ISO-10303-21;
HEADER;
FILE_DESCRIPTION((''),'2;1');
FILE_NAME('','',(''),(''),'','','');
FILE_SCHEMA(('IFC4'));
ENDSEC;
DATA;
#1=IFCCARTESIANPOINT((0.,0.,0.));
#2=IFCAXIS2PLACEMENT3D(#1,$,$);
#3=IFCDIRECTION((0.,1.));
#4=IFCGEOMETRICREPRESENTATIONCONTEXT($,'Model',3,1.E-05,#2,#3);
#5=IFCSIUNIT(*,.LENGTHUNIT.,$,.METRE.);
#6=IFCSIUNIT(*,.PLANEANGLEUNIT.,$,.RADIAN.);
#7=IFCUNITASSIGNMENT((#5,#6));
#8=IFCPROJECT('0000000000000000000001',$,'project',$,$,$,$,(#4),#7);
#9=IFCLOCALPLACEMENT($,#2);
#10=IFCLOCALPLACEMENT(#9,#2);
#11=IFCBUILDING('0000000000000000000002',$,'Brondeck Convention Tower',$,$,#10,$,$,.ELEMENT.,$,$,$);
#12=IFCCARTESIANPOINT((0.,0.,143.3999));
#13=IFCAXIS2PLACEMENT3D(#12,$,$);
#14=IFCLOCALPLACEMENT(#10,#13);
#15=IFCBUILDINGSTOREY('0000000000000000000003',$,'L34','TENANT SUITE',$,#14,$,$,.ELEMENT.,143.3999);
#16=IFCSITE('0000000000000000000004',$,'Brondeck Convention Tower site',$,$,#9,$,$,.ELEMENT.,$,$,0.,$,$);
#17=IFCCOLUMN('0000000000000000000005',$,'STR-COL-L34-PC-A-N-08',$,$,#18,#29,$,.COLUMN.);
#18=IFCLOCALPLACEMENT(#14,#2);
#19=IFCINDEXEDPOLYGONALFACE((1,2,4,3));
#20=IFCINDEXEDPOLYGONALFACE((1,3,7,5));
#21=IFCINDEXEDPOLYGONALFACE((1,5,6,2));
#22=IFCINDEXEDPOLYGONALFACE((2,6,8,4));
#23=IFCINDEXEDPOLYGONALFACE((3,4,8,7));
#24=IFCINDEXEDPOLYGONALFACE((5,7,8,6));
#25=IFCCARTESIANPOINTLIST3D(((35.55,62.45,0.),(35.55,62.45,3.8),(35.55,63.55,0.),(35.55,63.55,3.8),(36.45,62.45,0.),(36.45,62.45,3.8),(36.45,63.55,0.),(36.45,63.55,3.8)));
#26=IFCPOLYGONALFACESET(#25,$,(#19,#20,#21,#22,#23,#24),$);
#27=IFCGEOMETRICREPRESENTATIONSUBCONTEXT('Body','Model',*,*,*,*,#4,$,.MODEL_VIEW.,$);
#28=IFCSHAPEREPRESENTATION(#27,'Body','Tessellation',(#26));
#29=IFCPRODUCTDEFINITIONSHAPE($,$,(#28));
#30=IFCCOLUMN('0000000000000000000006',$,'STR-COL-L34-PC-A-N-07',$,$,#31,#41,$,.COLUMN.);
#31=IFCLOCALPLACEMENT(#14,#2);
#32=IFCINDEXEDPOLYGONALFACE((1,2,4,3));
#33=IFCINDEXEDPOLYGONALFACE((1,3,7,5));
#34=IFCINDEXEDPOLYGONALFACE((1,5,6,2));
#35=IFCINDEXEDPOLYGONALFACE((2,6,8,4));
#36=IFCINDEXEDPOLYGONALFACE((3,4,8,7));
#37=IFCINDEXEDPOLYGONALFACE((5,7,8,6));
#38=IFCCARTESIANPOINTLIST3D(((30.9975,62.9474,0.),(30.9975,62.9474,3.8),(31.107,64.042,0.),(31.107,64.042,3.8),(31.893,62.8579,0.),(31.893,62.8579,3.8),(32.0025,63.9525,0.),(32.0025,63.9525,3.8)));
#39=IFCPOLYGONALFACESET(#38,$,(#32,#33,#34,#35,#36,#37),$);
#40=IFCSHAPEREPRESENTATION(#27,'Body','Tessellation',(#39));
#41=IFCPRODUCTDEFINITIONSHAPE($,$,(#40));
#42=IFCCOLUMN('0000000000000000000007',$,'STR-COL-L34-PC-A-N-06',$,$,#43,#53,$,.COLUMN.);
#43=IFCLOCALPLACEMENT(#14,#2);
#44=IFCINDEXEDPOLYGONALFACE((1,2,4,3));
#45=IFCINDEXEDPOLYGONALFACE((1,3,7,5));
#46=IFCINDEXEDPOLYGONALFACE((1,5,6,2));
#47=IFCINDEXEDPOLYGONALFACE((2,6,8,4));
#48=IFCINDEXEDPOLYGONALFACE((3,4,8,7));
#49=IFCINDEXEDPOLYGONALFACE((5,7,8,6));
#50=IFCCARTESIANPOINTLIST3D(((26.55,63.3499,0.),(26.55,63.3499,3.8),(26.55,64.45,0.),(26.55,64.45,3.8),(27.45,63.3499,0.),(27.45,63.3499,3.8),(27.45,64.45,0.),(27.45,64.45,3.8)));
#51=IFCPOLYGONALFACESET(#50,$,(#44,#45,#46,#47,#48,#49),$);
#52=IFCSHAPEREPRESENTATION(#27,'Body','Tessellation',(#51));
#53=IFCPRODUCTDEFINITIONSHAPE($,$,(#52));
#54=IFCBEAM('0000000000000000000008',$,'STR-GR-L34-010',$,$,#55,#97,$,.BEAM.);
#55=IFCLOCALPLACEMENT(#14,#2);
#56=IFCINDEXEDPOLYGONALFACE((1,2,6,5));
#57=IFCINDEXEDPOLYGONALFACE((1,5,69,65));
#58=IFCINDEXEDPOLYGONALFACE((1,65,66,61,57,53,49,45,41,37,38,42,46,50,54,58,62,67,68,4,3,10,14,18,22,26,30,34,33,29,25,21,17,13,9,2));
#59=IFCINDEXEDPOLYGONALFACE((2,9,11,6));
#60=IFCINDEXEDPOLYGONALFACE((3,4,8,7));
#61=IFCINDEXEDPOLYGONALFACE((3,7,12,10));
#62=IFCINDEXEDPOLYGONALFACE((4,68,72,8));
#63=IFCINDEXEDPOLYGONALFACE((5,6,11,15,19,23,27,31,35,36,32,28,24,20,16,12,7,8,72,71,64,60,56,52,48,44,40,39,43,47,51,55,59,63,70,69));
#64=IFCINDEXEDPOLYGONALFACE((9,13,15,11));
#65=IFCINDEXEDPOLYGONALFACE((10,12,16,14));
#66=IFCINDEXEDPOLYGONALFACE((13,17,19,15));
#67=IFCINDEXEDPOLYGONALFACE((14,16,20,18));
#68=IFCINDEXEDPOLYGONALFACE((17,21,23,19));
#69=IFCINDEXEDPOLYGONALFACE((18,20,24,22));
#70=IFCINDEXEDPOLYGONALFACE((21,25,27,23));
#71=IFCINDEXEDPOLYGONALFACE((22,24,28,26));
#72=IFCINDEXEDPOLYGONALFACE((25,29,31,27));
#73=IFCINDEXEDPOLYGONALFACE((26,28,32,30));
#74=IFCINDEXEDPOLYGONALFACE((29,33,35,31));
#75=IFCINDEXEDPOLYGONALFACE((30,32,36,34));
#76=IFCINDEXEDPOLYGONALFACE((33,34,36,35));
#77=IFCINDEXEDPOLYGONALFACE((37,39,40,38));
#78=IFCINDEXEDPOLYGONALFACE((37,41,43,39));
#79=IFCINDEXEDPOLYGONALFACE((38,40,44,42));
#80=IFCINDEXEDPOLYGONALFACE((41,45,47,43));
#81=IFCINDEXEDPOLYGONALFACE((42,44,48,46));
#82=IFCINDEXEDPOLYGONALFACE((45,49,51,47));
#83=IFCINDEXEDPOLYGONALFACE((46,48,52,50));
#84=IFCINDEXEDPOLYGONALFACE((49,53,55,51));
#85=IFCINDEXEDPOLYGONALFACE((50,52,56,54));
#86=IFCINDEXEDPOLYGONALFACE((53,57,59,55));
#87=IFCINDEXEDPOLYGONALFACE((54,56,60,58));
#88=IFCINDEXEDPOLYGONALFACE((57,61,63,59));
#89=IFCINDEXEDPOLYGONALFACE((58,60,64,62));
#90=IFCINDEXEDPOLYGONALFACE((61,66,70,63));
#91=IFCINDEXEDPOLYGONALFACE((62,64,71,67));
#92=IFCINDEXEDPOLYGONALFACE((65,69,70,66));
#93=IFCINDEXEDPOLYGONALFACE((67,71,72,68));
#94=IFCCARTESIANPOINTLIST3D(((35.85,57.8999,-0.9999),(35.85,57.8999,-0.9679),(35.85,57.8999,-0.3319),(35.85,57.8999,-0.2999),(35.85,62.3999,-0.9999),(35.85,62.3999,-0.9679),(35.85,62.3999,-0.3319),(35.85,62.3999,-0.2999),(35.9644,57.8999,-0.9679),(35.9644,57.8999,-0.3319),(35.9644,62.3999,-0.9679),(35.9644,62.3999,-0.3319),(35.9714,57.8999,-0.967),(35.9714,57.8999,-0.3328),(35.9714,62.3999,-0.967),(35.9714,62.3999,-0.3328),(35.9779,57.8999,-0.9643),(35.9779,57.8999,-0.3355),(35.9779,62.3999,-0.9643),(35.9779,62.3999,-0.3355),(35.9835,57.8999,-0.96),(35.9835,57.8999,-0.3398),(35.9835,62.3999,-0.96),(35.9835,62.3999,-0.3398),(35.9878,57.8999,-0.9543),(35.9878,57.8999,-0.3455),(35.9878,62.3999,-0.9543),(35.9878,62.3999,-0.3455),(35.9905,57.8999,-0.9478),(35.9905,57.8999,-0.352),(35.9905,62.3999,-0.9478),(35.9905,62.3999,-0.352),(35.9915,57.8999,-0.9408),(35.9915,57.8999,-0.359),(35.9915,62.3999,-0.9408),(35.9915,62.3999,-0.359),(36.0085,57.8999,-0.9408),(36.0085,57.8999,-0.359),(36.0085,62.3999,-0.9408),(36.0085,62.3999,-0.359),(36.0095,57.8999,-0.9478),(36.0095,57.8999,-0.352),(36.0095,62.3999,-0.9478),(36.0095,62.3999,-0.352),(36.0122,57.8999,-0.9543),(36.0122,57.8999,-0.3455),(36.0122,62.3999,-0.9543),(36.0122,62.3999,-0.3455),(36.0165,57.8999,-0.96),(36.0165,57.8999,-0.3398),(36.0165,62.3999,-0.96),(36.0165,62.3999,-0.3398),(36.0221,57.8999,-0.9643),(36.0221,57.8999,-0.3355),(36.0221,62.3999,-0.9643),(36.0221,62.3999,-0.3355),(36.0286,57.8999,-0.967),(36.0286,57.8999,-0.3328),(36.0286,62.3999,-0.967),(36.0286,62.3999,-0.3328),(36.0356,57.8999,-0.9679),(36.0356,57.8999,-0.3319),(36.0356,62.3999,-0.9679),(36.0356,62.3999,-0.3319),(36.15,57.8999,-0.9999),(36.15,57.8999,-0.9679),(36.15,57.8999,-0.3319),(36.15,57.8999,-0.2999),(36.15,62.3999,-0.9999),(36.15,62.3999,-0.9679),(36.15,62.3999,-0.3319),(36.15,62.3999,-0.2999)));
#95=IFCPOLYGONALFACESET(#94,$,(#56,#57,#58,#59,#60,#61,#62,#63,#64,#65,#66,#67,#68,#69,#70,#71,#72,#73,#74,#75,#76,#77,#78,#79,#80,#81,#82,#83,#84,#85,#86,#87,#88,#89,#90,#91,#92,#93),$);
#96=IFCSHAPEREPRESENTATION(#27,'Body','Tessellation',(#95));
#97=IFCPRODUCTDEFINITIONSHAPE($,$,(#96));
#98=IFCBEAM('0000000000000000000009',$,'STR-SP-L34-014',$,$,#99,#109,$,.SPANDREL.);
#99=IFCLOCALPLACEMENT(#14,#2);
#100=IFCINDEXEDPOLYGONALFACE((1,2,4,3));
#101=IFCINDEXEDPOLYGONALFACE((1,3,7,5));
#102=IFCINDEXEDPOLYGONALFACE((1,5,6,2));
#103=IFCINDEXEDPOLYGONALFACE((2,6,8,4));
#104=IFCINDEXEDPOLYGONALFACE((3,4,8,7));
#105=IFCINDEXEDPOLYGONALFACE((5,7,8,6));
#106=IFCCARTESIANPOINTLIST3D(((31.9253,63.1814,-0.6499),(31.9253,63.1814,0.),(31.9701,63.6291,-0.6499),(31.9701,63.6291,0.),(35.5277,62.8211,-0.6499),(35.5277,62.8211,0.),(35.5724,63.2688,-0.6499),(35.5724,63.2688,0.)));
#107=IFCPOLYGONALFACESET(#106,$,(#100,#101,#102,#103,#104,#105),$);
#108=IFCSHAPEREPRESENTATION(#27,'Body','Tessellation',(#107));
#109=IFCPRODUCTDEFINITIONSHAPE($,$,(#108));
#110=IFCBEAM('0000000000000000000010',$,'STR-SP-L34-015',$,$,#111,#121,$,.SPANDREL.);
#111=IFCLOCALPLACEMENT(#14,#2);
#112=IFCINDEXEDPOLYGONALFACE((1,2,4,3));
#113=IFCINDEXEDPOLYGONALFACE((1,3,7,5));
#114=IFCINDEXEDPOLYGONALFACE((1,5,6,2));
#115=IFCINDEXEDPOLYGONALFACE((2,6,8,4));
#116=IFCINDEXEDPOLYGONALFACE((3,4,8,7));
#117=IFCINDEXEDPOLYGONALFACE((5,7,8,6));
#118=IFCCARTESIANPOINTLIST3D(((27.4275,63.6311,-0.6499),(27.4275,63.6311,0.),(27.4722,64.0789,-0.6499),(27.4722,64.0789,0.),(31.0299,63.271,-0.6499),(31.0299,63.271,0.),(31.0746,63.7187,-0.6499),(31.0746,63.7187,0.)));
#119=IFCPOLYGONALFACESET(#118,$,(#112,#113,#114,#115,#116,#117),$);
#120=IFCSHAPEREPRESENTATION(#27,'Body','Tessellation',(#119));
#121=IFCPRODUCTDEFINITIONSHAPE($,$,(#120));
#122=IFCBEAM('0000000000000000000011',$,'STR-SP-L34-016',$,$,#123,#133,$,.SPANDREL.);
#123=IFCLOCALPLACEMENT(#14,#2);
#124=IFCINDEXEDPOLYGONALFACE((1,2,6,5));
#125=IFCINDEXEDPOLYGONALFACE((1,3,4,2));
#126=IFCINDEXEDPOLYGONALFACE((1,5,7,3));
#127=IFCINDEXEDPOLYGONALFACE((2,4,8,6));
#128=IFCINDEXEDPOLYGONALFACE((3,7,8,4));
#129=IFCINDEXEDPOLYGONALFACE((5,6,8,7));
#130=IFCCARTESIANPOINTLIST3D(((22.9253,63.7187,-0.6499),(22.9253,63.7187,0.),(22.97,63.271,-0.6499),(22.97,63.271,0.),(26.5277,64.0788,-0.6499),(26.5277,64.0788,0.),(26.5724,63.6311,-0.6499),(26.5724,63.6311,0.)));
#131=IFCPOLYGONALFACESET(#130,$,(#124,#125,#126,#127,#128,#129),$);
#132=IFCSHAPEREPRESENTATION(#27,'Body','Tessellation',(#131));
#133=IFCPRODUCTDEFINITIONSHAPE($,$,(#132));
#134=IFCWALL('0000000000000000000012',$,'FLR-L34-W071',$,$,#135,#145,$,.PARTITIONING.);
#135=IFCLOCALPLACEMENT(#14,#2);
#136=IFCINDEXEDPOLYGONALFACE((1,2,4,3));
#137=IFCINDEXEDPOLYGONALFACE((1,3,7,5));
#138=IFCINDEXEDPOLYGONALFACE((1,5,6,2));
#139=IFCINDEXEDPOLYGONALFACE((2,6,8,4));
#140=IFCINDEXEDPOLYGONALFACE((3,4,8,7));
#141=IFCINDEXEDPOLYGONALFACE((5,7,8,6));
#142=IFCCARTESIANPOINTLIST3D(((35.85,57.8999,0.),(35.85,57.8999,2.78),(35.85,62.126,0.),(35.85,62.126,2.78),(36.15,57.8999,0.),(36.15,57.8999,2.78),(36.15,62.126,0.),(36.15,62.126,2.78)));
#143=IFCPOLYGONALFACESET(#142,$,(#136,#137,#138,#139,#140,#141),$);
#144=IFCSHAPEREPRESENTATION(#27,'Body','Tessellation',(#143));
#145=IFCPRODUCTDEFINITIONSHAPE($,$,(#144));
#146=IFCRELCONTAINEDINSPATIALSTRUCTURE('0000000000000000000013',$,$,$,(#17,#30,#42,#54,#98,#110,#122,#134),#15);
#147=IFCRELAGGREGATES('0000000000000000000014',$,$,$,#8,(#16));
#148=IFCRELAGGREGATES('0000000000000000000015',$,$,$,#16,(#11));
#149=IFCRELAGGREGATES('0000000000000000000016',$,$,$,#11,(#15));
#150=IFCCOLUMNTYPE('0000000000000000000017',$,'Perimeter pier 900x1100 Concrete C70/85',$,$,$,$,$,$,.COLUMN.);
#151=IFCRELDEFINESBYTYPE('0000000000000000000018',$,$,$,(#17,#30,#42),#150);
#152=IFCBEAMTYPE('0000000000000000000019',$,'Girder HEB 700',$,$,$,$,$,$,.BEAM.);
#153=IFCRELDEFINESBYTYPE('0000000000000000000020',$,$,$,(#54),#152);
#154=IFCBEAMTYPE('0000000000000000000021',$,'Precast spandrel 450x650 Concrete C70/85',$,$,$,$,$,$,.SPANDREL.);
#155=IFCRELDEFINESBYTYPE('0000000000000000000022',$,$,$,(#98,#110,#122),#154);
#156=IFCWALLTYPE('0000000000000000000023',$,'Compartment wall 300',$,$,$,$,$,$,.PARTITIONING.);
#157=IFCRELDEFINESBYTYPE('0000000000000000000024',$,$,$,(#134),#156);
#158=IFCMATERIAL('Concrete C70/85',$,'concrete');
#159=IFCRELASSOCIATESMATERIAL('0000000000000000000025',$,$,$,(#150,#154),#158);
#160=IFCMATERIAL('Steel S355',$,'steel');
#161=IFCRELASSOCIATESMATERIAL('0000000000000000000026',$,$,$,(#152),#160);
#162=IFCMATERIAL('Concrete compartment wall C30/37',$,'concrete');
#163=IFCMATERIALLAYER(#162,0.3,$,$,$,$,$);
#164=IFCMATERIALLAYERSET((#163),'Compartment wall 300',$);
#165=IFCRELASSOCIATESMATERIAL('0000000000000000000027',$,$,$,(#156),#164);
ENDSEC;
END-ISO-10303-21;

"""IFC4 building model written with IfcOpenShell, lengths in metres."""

from ifc_helpers import new_model, si_unit, direction, frame, frame_2d, origin, origin_2d, place, context, subcontext, project, spatial, rectangle, i_section, extrude, material, layer, layer_set, material_profile, profile_set, type_object, element, save


model = new_model("IFC4")

# Units and contexts
model_context = context("Model", 3, precision=1e-05, world=origin(), true_north=direction((0.0, 1.0)))
body_context = subcontext(model_context, "Body", "Model", "MODEL_VIEW")
ifc_project = project(units=[si_unit("LENGTHUNIT", "METRE"), si_unit("PLANEANGLEUNIT", "RADIAN")], contexts=[model_context])

# Site, building, storey
site_placement = place(None, origin())
site = spatial("IfcSite", under=ifc_project, at=site_placement, Name="Brondeck Convention Tower site", CompositionType="ELEMENT", RefElevation=0.0)
building_placement = place(site_placement, origin())
building = spatial("IfcBuilding", under=site, at=building_placement, Name="Brondeck Convention Tower", CompositionType="ELEMENT")
storey_placement = place(building_placement, frame((0.0, 0.0, 143.3999)))
storey = spatial("IfcBuildingStorey", under=building, at=storey_placement, Name="L34", Description="TENANT SUITE", CompositionType="ELEMENT", Elevation=143.3999)

# Columns
ifc_material_1 = material(Name="Concrete C70/85", Category="concrete")
ifc_material_profile_1 = material_profile(ifc_material_1, rectangle(XDim=0.8999, YDim=1.1001, at=origin_2d()), Name="Perimeter pier 900x1100 Concrete C70/85")
ifc_profile_set_1 = profile_set([ifc_material_profile_1], Name="Concrete C70/85")
column_type = type_object("IfcColumnType", Name="Perimeter pier 900x1100 Concrete C70/85", PredefinedType="COLUMN", material=ifc_profile_set_1)
for number, where, z_axis, x_axis, name in (
    (1, (36.0, 63.0, 0.0), (0.0, 0.0, 1.0), (-1.0, 0.0, 0.0), "STR-COL-L34-PC-A-N-08"),
    (2, (31.5, 63.45, 0.0), (0.0, 0.0, 1.0), (-0.995037, 0.099504, 0.0), "STR-COL-L34-PC-A-N-07"),
    (3, (27.0, 63.8999, 0.0), (0.0, 0.0, 1.0), (-1.0, 0.0, 0.0), "STR-COL-L34-PC-A-N-06"),
):
    element("IfcColumn", number, at=place(storey_placement, frame(where, z_axis=z_axis, x_axis=x_axis)), inside=storey, type_object=column_type, Name=name, PredefinedType="COLUMN", context=body_context, shape_type="SweptSolid", body=[
        extrude(rectangle(XDim=0.8999, YDim=1.1001, at=origin_2d()), origin(), (0.0, 0.0, 1.0), 3.8),
    ])

# Beams
ifc_material_2 = material(Name="Steel S355", Category="steel")
ifc_material_profile_2 = material_profile(ifc_material_2, i_section(OverallWidth=0.3, OverallDepth=0.7, WebThickness=0.0171, FlangeThickness=0.032, FilletRadius=0.0271, at=origin_2d()), Name="HEB 700")
ifc_profile_set_2 = profile_set([ifc_material_profile_2], Name="Steel S355")
beam_type_1 = type_object("IfcBeamType", Name="Girder HEB 700", PredefinedType="BEAM", material=ifc_profile_set_2)
beam_placement = place(storey_placement, frame((36.0, 57.8999, -0.6499), z_axis=(0.0, 1.0, 0.0), x_axis=(-1.0, 0.0, 0.0)))
element("IfcBeam", 4, at=beam_placement, inside=storey, type_object=beam_type_1, Name="STR-GR-L34-010", PredefinedType="BEAM", context=body_context, shape_type="SweptSolid", body=[
    extrude(i_section(OverallWidth=0.3, OverallDepth=0.7, WebThickness=0.0171, FlangeThickness=0.032, FilletRadius=0.0271, at=origin_2d()), origin(), (0.0, 0.0, 1.0), 4.5),
])
ifc_material_profile_3 = material_profile(ifc_material_1, rectangle(XDim=0.45, YDim=0.6499, at=origin_2d()), Name="Precast spandrel 450x650 Concrete C70/85")
ifc_profile_set_3 = profile_set([ifc_material_profile_3], Name="Concrete C70/85")
beam_type_2 = type_object("IfcBeamType", Name="Precast spandrel 450x650 Concrete C70/85", PredefinedType="SPANDREL", material=ifc_profile_set_3)
for number, where, z_axis, x_axis, name in (
    (5, (35.55, 63.0449, -0.325), (-0.995034, 0.099537, 0.0), (-0.099537, -0.995034, 0.0), "STR-SP-L34-014"),
    (6, (31.0522, 63.4949, -0.325), (-0.995041, 0.09947, 0.0), (-0.09947, -0.995041, 0.0), "STR-SP-L34-015"),
    (7, (26.55, 63.855, -0.325), (-0.995041, -0.09947, 0.0), (0.09947, -0.995041, 0.0), "STR-SP-L34-016"),
):
    element("IfcBeam", number, at=place(storey_placement, frame(where, z_axis=z_axis, x_axis=x_axis)), inside=storey, type_object=beam_type_2, Name=name, PredefinedType="SPANDREL", context=body_context, shape_type="SweptSolid", body=[
        extrude(rectangle(XDim=0.45, YDim=0.6499, at=origin_2d()), origin(), (0.0, 0.0, 1.0), 3.6204),
    ])

# Wall
ifc_material_3 = material(Name="Concrete compartment wall C30/37", Category="concrete")
ifc_layer_1 = layer(ifc_material_3, 0.3)
ifc_layer_set_1 = layer_set([ifc_layer_1], Name="Compartment wall 300")
wall_type_1 = type_object("IfcWallType", Name="Compartment wall 300", PredefinedType="PARTITIONING", material=ifc_layer_set_1)
wall_1_placement = place(storey_placement, frame((36.0, 57.8999, 0.0), z_axis=(0.0, 0.0, 1.0), x_axis=(0.0, 1.0, 0.0)))
element("IfcWall", 8, at=wall_1_placement, inside=storey, type_object=wall_type_1, Name="FLR-L34-W071", PredefinedType="PARTITIONING", context=body_context, shape_type="SweptSolid", body=[
    extrude(rectangle(XDim=4.2261, YDim=0.3, at=frame_2d((2.113, 0.0))), origin(), (0.0, 0.0, 1.0), 2.78),
])

save(model, "model.ifc")
